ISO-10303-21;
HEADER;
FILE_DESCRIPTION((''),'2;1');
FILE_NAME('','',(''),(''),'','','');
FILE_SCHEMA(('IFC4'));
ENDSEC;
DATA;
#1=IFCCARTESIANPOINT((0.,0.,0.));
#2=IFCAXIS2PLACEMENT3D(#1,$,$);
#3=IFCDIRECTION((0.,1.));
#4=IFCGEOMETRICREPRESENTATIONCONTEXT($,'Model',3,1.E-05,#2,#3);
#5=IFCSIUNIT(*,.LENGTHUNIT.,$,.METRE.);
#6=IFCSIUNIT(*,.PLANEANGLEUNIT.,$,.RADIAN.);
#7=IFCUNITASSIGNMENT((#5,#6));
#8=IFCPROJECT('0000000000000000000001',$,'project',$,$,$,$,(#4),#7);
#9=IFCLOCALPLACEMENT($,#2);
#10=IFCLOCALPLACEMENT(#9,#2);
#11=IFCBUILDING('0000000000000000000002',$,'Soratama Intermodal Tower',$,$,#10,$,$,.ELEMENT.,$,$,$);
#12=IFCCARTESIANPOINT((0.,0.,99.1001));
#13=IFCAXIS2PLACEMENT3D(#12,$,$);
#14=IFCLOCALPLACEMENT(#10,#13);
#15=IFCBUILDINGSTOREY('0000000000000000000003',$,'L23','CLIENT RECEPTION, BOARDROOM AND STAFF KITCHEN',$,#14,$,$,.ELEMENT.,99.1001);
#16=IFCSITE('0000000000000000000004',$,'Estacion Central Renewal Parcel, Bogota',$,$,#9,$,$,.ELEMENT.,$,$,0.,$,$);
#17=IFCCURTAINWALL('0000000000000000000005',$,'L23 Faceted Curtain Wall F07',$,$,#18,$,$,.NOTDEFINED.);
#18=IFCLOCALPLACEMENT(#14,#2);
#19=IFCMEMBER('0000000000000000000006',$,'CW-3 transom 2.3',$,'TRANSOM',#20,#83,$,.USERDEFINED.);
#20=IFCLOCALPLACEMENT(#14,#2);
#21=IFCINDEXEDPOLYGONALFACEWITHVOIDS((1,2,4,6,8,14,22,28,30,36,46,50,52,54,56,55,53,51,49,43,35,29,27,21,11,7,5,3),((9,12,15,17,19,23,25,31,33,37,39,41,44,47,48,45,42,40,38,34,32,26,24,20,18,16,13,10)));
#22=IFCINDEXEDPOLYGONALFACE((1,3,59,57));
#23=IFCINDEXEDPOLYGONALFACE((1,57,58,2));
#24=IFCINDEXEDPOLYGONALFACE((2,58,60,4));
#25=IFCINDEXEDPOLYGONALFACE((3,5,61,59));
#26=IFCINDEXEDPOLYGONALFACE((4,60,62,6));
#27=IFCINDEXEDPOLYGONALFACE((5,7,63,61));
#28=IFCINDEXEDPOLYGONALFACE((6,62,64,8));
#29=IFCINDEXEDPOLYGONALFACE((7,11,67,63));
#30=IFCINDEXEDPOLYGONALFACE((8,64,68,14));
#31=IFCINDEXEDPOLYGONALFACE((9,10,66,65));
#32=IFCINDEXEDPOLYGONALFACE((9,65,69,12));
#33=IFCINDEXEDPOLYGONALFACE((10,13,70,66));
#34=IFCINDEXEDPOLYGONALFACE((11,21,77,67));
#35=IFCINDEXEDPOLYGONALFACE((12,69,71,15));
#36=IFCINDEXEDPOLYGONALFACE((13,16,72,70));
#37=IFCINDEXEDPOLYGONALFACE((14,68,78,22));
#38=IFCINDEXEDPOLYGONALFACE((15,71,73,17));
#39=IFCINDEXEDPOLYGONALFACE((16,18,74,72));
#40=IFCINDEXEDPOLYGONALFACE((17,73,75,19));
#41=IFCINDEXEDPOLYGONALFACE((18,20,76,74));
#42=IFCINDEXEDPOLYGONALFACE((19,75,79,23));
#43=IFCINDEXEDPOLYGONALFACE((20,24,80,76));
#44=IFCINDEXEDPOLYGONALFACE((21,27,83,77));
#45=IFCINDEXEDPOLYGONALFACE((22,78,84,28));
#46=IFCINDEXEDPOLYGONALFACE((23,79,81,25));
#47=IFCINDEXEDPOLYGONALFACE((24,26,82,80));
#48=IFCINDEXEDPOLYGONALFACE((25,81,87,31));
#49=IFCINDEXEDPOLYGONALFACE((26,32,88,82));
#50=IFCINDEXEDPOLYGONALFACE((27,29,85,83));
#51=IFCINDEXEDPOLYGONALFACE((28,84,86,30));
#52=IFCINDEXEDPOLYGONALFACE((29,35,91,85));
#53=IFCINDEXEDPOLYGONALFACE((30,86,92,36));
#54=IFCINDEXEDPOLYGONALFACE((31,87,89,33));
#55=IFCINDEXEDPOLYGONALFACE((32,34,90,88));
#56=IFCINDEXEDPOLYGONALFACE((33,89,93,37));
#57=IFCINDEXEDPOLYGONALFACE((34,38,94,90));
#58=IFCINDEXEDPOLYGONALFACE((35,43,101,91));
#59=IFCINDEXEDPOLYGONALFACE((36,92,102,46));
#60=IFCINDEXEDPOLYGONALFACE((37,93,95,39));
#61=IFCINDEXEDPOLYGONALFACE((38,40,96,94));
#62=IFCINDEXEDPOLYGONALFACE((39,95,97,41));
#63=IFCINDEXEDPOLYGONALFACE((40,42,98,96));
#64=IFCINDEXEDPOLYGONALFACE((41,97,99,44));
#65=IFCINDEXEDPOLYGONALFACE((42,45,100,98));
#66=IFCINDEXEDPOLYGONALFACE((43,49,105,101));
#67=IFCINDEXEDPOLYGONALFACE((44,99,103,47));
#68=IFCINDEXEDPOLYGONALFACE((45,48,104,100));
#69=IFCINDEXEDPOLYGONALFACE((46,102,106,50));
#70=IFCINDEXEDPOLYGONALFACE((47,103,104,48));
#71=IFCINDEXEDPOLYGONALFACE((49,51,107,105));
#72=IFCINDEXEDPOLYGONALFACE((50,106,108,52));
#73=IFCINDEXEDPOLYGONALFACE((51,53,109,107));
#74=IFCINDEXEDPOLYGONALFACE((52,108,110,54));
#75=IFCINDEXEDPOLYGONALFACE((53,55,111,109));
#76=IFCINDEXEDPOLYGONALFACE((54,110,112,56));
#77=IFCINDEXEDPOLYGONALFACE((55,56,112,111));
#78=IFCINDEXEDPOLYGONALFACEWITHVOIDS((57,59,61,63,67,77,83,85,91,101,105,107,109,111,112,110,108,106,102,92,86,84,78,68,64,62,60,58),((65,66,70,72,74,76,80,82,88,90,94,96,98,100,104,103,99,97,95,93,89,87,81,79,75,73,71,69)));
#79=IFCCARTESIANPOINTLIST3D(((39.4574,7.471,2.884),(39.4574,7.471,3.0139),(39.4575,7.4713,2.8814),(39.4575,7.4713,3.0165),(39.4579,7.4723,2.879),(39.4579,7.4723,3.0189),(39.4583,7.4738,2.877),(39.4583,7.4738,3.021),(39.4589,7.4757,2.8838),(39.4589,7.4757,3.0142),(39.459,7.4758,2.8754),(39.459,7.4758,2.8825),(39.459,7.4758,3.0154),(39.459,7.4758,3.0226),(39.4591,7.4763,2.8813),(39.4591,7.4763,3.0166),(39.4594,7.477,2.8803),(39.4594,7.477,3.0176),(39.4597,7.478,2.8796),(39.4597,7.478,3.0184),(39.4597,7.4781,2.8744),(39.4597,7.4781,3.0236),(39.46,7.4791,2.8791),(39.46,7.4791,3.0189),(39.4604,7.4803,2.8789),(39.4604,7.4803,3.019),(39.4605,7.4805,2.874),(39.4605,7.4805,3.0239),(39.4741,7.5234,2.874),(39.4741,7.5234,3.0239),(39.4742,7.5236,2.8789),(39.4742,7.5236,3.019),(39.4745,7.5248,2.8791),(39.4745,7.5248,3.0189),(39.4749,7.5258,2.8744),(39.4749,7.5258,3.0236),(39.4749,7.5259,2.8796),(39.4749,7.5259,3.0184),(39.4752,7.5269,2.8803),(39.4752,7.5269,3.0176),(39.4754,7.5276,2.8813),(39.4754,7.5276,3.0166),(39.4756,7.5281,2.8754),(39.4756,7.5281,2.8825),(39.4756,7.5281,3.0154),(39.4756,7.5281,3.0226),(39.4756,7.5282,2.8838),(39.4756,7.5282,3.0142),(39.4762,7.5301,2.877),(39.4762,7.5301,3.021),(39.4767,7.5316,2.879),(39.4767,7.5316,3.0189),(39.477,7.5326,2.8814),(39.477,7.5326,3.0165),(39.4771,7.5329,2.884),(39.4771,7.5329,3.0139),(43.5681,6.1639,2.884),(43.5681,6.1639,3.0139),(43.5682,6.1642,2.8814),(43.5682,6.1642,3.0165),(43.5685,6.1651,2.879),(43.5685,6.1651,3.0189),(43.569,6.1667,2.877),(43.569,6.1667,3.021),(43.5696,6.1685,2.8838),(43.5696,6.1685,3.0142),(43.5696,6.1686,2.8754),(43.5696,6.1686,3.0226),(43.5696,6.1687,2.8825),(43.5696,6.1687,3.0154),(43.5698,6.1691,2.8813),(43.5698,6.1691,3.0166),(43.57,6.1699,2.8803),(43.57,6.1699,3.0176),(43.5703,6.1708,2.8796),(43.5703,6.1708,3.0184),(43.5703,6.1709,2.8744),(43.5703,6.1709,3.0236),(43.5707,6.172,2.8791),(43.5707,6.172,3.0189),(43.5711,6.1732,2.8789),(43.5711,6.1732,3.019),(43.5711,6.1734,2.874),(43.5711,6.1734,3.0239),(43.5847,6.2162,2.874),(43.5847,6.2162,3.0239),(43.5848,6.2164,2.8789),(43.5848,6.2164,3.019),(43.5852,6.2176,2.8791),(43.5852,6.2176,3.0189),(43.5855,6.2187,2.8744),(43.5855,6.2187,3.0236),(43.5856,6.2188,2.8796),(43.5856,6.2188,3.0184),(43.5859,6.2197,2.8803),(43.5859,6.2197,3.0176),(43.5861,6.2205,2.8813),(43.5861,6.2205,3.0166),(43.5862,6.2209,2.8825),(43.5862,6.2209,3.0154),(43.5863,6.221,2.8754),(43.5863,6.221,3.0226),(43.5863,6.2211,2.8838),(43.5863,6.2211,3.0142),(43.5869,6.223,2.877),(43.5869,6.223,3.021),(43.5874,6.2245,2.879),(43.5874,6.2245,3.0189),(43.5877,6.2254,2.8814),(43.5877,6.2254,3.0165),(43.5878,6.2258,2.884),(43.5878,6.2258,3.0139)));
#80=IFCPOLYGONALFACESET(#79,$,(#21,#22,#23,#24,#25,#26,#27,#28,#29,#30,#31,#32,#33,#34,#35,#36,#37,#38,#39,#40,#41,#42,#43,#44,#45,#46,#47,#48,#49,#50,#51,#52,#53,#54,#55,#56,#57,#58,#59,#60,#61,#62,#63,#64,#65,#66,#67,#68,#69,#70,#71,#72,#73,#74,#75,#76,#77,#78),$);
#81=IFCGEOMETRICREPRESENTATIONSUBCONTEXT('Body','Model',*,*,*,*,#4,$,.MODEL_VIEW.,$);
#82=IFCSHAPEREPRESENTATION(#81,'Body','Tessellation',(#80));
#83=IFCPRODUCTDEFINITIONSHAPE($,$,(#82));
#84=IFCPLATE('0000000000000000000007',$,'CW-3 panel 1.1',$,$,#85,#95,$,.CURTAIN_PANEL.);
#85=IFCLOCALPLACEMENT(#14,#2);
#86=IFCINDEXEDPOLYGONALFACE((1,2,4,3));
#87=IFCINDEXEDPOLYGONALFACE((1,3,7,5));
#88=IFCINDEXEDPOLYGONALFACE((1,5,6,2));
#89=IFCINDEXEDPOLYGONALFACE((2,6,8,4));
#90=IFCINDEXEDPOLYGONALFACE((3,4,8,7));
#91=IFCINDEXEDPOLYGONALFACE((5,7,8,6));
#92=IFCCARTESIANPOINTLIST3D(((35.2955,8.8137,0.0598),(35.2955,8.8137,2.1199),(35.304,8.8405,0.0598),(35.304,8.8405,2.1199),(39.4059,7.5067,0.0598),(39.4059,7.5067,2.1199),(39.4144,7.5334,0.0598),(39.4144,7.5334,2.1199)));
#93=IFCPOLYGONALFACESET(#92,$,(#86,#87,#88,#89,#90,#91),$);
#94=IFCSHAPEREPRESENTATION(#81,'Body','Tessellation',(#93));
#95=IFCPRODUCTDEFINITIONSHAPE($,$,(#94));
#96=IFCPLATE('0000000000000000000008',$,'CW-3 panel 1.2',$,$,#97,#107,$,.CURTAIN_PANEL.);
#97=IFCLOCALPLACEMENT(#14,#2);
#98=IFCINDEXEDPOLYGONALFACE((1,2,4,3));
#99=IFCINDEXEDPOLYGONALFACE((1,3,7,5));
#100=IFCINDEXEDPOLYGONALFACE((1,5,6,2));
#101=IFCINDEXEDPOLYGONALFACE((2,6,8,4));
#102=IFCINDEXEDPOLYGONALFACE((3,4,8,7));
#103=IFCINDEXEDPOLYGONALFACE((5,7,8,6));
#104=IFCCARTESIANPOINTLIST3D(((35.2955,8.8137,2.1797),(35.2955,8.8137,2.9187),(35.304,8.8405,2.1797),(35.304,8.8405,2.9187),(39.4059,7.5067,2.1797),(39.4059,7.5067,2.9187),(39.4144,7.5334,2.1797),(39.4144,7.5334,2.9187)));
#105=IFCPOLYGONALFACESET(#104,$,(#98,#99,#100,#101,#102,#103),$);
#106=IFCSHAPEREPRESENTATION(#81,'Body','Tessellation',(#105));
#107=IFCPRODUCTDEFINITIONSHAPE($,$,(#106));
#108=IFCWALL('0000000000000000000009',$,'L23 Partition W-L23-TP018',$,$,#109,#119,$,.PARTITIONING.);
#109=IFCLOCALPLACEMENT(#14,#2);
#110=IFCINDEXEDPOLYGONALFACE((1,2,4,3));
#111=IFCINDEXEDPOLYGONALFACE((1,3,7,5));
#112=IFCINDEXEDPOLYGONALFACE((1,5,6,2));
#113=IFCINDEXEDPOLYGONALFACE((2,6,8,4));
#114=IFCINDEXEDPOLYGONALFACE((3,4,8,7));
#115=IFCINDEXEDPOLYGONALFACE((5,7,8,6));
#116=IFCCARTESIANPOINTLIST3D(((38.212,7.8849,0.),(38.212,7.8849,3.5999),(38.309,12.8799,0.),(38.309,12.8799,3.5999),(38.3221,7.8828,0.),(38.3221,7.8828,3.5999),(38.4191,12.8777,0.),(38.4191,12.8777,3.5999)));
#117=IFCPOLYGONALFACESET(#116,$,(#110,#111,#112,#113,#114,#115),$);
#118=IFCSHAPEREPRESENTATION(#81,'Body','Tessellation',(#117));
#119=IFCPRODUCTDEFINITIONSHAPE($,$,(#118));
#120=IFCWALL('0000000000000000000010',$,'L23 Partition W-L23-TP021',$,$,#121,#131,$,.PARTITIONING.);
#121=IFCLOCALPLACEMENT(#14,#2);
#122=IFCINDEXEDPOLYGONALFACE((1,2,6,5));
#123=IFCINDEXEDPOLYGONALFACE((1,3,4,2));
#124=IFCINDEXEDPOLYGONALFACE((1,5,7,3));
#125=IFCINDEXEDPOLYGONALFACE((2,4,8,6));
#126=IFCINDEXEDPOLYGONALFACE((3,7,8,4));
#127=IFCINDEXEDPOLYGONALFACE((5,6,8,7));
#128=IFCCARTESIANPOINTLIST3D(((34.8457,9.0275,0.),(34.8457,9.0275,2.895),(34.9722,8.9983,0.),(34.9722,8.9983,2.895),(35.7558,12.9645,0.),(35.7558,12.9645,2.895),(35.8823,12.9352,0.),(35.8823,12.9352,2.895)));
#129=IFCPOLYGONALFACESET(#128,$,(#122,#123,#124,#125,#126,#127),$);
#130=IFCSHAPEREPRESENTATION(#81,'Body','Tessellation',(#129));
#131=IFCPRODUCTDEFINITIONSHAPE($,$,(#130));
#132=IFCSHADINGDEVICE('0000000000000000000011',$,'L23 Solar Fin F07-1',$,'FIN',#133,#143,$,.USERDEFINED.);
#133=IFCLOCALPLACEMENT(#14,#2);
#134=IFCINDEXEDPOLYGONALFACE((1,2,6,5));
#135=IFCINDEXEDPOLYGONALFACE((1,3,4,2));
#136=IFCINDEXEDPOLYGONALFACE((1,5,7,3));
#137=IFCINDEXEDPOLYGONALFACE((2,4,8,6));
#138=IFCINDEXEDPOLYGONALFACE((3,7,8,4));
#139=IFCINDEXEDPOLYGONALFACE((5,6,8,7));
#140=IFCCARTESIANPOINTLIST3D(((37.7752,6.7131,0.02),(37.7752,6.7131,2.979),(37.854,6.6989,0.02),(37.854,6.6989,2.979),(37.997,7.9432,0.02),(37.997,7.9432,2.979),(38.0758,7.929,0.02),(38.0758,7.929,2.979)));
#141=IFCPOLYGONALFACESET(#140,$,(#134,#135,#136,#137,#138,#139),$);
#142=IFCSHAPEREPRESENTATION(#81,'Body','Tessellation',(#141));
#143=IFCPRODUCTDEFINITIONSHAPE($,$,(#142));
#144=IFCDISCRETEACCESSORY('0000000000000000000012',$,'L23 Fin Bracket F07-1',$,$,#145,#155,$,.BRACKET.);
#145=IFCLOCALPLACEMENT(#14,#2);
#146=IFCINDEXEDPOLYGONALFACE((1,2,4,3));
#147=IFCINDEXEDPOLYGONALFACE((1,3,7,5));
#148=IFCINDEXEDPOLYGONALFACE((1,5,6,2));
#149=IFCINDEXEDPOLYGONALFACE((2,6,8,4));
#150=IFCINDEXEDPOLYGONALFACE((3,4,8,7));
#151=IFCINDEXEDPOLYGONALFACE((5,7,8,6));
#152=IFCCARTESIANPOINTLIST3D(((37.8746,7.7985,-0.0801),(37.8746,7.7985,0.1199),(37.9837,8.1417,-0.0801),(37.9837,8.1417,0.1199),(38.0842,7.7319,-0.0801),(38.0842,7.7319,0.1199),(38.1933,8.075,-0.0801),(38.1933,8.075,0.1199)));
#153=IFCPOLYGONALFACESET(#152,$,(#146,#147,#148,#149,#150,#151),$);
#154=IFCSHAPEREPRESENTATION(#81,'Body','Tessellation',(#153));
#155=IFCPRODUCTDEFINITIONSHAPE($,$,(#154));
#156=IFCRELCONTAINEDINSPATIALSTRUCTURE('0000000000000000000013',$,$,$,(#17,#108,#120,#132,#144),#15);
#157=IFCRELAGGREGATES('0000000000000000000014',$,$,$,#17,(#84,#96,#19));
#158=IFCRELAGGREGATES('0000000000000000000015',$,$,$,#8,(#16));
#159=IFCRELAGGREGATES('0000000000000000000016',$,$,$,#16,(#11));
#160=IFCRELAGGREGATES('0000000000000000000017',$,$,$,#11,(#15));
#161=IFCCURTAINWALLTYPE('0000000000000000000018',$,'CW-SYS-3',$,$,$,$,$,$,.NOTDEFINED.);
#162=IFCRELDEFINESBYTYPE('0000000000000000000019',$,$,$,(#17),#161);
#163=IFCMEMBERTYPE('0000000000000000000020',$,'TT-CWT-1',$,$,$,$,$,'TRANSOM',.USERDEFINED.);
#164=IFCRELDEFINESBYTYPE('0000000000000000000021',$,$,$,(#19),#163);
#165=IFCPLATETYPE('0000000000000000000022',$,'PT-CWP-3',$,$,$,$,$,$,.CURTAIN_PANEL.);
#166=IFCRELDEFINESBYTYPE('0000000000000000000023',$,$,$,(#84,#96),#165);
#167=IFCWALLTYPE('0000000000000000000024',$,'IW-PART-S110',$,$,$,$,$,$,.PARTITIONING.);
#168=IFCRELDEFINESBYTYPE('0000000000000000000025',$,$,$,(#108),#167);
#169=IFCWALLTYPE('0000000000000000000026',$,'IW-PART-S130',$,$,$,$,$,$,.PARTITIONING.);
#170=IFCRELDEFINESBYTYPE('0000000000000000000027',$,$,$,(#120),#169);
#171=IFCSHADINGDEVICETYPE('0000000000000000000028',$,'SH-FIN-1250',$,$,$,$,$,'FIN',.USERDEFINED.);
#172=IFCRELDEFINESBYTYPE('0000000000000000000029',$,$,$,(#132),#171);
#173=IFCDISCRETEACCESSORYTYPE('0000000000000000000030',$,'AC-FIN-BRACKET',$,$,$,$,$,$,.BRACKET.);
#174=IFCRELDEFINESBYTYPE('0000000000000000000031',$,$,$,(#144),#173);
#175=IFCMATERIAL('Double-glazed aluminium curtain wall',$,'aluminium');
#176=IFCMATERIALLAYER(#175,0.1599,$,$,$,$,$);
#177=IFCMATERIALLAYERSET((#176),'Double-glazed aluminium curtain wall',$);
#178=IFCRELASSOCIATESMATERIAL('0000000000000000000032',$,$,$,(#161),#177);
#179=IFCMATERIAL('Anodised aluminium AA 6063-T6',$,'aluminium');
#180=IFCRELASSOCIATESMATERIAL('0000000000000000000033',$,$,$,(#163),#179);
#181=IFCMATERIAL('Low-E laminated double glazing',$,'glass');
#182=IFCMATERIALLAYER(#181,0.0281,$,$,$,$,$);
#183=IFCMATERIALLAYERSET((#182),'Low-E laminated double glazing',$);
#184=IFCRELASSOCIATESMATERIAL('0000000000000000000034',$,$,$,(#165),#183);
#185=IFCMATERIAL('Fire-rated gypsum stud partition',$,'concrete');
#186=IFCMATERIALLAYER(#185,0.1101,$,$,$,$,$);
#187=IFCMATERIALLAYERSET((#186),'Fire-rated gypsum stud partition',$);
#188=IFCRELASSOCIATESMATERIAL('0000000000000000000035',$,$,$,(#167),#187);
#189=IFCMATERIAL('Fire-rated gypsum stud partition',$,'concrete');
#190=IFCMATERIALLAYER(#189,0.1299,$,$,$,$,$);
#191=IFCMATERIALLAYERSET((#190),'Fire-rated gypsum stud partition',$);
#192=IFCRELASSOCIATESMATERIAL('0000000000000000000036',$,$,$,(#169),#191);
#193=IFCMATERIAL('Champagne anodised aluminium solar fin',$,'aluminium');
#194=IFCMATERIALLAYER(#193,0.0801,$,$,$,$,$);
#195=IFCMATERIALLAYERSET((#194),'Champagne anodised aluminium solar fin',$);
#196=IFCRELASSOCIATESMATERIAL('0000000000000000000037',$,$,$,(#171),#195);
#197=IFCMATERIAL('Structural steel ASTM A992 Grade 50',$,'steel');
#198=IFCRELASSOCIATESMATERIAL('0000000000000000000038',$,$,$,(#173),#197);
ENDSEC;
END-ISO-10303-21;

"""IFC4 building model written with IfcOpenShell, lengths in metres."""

from ifc_helpers import new_model, si_unit, direction, frame, frame_2d, origin, origin_2d, place, context, subcontext, project, spatial, rectangle, hollow_rectangle, extrude, material, layer, layer_set, material_profile, profile_set, type_object, element, aggregate, save


model = new_model("IFC4")

# Units and contexts
model_context = context("Model", 3, precision=1e-05, world=origin(), true_north=direction((0.0, 1.0)))
body_context = subcontext(model_context, "Body", "Model", "MODEL_VIEW")
ifc_project = project(units=[si_unit("LENGTHUNIT", "METRE"), si_unit("PLANEANGLEUNIT", "RADIAN")], contexts=[model_context])

# Site, building, storey
site_placement = place(None, origin())
site = spatial("IfcSite", under=ifc_project, at=site_placement, Name="Estacion Central Renewal Parcel, Bogota", CompositionType="ELEMENT", RefElevation=0.0)
building_placement = place(site_placement, origin())
building = spatial("IfcBuilding", under=site, at=building_placement, Name="Soratama Intermodal Tower", CompositionType="ELEMENT")
storey_placement = place(building_placement, frame((0.0, 0.0, 99.1001)))
storey = spatial("IfcBuildingStorey", under=building, at=storey_placement, Name="L23", Description="CLIENT RECEPTION, BOARDROOM AND STAFF KITCHEN", CompositionType="ELEMENT", Elevation=99.1001)

# Curtain wall, member, plates
ifc_material_1 = material(Name="Double-glazed aluminium curtain wall", Category="aluminium")
ifc_layer_1 = layer(ifc_material_1, 0.1599)
ifc_layer_set_1 = layer_set([ifc_layer_1], Name="Double-glazed aluminium curtain wall")
curtain_wall_type = type_object("IfcCurtainWallType", Name="CW-SYS-3", PredefinedType="NOTDEFINED", material=ifc_layer_set_1)
curtain_wall_placement = place(storey_placement, origin())
curtain_wall = element("IfcCurtainWall", 1, at=curtain_wall_placement, inside=storey, type_object=curtain_wall_type, Name="L23 Faceted Curtain Wall F07", PredefinedType="NOTDEFINED")
ifc_material_2 = material(Name="Anodised aluminium AA 6063-T6", Category="aluminium")
ifc_material_profile_1 = material_profile(ifc_material_2, hollow_rectangle(XDim=0.0649, YDim=0.1499, WallThickness=0.0049, InnerFilletRadius=0.0049, OuterFilletRadius=0.01, at=origin_2d()), Name="CWT150X65X5")
ifc_profile_set_1 = profile_set([ifc_material_profile_1], Name="Anodised aluminium AA 6063-T6")
member_type_1 = type_object("IfcMemberType", Name="TT-CWT-1", ElementType="TRANSOM", PredefinedType="USERDEFINED", material=ifc_profile_set_1)
member_1_placement = place(storey_placement, frame((39.4673, 7.502, 2.949), z_axis=(0.952979, -0.303038, 0.0), x_axis=(0.303038, 0.952979, 0.0)))
member_1 = element("IfcMember", 2, at=member_1_placement, type_object=member_type_1, Name="CW-3 transom 2.3", ObjectType="TRANSOM", PredefinedType="USERDEFINED", context=body_context, shape_type="SweptSolid", body=[
    extrude(hollow_rectangle(XDim=0.0649, YDim=0.1499, WallThickness=0.0049, InnerFilletRadius=0.0049, OuterFilletRadius=0.01, at=origin_2d()), origin(), (0.0, 0.0, 1.0), 4.3135),
])
ifc_material_3 = material(Name="Low-E laminated double glazing", Category="glass")
ifc_layer_2 = layer(ifc_material_3, 0.0281)
ifc_layer_set_2 = layer_set([ifc_layer_2], Name="Low-E laminated double glazing")
plate_type = type_object("IfcPlateType", Name="PT-CWP-3", PredefinedType="CURTAIN_PANEL", material=ifc_layer_set_2)
plate_1_placement = place(storey_placement, frame((37.355, 8.1736, 0.0598), z_axis=(0.0, 0.0, 1.0), x_axis=(0.95298, -0.303034, 0.0)))
plate_1 = element("IfcPlate", 3, at=plate_1_placement, type_object=plate_type, Name="CW-3 panel 1.1", PredefinedType="CURTAIN_PANEL", context=body_context, shape_type="SweptSolid", body=[
    extrude(rectangle(XDim=4.3132, YDim=0.0281, at=origin_2d()), origin(), (0.0, 0.0, 1.0), 2.0601),
])
plate_2_placement = place(storey_placement, frame((37.355, 8.1736, 2.1797), z_axis=(0.0, 0.0, 1.0), x_axis=(0.95298, -0.303034, 0.0)))
plate_2 = element("IfcPlate", 4, at=plate_2_placement, type_object=plate_type, Name="CW-3 panel 1.2", PredefinedType="CURTAIN_PANEL", context=body_context, shape_type="SweptSolid", body=[
    extrude(rectangle(XDim=4.3132, YDim=0.0281, at=origin_2d()), origin(), (0.0, 0.0, 1.0), 0.739),
])
aggregate(curtain_wall, [plate_1, plate_2, member_1])

# Walls
ifc_material_4 = material(Name="Fire-rated gypsum stud partition", Category="concrete")
ifc_layer_3 = layer(ifc_material_4, 0.1101)
ifc_layer_set_3 = layer_set([ifc_layer_3], Name="Fire-rated gypsum stud partition")
wall_type_1 = type_object("IfcWallType", Name="IW-PART-S110", PredefinedType="PARTITIONING", material=ifc_layer_set_3)
wall_1_placement = place(storey_placement, frame((38.364, 12.8789, 0.0), z_axis=(0.0, 0.0, 1.0), x_axis=(-0.019401, -0.999812, 0.0)))
element("IfcWall", 5, at=wall_1_placement, inside=storey, type_object=wall_type_1, Name="L23 Partition W-L23-TP018", PredefinedType="PARTITIONING", context=body_context, shape_type="SweptSolid", body=[
    extrude(rectangle(XDim=4.9958, YDim=0.1101, at=frame_2d((2.498, 0.0))), origin(), (0.0, 0.0, 1.0), 3.5999),
])
ifc_material_5 = material(Name="Fire-rated gypsum stud partition", Category="concrete")
ifc_layer_4 = layer(ifc_material_5, 0.1299)
ifc_layer_set_4 = layer_set([ifc_layer_4], Name="Fire-rated gypsum stud partition")
wall_type_2 = type_object("IfcWallType", Name="IW-PART-S130", PredefinedType="PARTITIONING", material=ifc_layer_set_4)
wall_2_placement = place(storey_placement, frame((35.8191, 12.95, 0.0), z_axis=(0.0, 0.0, 1.0), x_axis=(-0.225239, -0.974304, 0.0)))
element("IfcWall", 6, at=wall_2_placement, inside=storey, type_object=wall_type_2, Name="L23 Partition W-L23-TP021", PredefinedType="PARTITIONING", context=body_context, shape_type="SweptSolid", body=[
    extrude(rectangle(XDim=4.0408, YDim=0.1299, at=frame_2d((2.0205, 0.0))), origin(), (0.0, 0.0, 1.0), 2.895),
])

# Shading device
ifc_material_6 = material(Name="Champagne anodised aluminium solar fin", Category="aluminium")
ifc_layer_5 = layer(ifc_material_6, 0.0801)
ifc_layer_set_5 = layer_set([ifc_layer_5], Name="Champagne anodised aluminium solar fin")
shading_device_type = type_object("IfcShadingDeviceType", Name="SH-FIN-1250", ElementType="FIN", PredefinedType="USERDEFINED", material=ifc_layer_set_5)
shading_device_placement = place(storey_placement, frame((37.9255, 7.321, 0.02), z_axis=(0.0, 0.0, 1.0), x_axis=(-0.177428, -0.984134, 0.0)))
element("IfcShadingDevice", 7, at=shading_device_placement, inside=storey, type_object=shading_device_type, Name="L23 Solar Fin F07-1", ObjectType="FIN", PredefinedType="USERDEFINED", context=body_context, shape_type="SweptSolid", body=[
    extrude(rectangle(XDim=1.25, YDim=0.0801, at=origin_2d()), origin(), (0.0, 0.0, 1.0), 2.959),
])

# Discrete accessory
ifc_material_7 = material(Name="Structural steel ASTM A992 Grade 50", Category="steel")
discrete_accessory_type = type_object("IfcDiscreteAccessoryType", Name="AC-FIN-BRACKET", PredefinedType="BRACKET", material=ifc_material_7)
discrete_accessory_placement = place(storey_placement, frame((38.0339, 7.9368, -0.0801), z_axis=(0.0, 0.0, 1.0), x_axis=(-0.303035, -0.952979, 0.0)))
element("IfcDiscreteAccessory", 8, at=discrete_accessory_placement, inside=storey, type_object=discrete_accessory_type, Name="L23 Fin Bracket F07-1", PredefinedType="BRACKET", context=body_context, shape_type="SweptSolid", body=[
    extrude(rectangle(XDim=0.3601, YDim=0.22, at=origin_2d()), origin(), (0.0, 0.0, 1.0), 0.2),
])

save(model, "model.ifc")
